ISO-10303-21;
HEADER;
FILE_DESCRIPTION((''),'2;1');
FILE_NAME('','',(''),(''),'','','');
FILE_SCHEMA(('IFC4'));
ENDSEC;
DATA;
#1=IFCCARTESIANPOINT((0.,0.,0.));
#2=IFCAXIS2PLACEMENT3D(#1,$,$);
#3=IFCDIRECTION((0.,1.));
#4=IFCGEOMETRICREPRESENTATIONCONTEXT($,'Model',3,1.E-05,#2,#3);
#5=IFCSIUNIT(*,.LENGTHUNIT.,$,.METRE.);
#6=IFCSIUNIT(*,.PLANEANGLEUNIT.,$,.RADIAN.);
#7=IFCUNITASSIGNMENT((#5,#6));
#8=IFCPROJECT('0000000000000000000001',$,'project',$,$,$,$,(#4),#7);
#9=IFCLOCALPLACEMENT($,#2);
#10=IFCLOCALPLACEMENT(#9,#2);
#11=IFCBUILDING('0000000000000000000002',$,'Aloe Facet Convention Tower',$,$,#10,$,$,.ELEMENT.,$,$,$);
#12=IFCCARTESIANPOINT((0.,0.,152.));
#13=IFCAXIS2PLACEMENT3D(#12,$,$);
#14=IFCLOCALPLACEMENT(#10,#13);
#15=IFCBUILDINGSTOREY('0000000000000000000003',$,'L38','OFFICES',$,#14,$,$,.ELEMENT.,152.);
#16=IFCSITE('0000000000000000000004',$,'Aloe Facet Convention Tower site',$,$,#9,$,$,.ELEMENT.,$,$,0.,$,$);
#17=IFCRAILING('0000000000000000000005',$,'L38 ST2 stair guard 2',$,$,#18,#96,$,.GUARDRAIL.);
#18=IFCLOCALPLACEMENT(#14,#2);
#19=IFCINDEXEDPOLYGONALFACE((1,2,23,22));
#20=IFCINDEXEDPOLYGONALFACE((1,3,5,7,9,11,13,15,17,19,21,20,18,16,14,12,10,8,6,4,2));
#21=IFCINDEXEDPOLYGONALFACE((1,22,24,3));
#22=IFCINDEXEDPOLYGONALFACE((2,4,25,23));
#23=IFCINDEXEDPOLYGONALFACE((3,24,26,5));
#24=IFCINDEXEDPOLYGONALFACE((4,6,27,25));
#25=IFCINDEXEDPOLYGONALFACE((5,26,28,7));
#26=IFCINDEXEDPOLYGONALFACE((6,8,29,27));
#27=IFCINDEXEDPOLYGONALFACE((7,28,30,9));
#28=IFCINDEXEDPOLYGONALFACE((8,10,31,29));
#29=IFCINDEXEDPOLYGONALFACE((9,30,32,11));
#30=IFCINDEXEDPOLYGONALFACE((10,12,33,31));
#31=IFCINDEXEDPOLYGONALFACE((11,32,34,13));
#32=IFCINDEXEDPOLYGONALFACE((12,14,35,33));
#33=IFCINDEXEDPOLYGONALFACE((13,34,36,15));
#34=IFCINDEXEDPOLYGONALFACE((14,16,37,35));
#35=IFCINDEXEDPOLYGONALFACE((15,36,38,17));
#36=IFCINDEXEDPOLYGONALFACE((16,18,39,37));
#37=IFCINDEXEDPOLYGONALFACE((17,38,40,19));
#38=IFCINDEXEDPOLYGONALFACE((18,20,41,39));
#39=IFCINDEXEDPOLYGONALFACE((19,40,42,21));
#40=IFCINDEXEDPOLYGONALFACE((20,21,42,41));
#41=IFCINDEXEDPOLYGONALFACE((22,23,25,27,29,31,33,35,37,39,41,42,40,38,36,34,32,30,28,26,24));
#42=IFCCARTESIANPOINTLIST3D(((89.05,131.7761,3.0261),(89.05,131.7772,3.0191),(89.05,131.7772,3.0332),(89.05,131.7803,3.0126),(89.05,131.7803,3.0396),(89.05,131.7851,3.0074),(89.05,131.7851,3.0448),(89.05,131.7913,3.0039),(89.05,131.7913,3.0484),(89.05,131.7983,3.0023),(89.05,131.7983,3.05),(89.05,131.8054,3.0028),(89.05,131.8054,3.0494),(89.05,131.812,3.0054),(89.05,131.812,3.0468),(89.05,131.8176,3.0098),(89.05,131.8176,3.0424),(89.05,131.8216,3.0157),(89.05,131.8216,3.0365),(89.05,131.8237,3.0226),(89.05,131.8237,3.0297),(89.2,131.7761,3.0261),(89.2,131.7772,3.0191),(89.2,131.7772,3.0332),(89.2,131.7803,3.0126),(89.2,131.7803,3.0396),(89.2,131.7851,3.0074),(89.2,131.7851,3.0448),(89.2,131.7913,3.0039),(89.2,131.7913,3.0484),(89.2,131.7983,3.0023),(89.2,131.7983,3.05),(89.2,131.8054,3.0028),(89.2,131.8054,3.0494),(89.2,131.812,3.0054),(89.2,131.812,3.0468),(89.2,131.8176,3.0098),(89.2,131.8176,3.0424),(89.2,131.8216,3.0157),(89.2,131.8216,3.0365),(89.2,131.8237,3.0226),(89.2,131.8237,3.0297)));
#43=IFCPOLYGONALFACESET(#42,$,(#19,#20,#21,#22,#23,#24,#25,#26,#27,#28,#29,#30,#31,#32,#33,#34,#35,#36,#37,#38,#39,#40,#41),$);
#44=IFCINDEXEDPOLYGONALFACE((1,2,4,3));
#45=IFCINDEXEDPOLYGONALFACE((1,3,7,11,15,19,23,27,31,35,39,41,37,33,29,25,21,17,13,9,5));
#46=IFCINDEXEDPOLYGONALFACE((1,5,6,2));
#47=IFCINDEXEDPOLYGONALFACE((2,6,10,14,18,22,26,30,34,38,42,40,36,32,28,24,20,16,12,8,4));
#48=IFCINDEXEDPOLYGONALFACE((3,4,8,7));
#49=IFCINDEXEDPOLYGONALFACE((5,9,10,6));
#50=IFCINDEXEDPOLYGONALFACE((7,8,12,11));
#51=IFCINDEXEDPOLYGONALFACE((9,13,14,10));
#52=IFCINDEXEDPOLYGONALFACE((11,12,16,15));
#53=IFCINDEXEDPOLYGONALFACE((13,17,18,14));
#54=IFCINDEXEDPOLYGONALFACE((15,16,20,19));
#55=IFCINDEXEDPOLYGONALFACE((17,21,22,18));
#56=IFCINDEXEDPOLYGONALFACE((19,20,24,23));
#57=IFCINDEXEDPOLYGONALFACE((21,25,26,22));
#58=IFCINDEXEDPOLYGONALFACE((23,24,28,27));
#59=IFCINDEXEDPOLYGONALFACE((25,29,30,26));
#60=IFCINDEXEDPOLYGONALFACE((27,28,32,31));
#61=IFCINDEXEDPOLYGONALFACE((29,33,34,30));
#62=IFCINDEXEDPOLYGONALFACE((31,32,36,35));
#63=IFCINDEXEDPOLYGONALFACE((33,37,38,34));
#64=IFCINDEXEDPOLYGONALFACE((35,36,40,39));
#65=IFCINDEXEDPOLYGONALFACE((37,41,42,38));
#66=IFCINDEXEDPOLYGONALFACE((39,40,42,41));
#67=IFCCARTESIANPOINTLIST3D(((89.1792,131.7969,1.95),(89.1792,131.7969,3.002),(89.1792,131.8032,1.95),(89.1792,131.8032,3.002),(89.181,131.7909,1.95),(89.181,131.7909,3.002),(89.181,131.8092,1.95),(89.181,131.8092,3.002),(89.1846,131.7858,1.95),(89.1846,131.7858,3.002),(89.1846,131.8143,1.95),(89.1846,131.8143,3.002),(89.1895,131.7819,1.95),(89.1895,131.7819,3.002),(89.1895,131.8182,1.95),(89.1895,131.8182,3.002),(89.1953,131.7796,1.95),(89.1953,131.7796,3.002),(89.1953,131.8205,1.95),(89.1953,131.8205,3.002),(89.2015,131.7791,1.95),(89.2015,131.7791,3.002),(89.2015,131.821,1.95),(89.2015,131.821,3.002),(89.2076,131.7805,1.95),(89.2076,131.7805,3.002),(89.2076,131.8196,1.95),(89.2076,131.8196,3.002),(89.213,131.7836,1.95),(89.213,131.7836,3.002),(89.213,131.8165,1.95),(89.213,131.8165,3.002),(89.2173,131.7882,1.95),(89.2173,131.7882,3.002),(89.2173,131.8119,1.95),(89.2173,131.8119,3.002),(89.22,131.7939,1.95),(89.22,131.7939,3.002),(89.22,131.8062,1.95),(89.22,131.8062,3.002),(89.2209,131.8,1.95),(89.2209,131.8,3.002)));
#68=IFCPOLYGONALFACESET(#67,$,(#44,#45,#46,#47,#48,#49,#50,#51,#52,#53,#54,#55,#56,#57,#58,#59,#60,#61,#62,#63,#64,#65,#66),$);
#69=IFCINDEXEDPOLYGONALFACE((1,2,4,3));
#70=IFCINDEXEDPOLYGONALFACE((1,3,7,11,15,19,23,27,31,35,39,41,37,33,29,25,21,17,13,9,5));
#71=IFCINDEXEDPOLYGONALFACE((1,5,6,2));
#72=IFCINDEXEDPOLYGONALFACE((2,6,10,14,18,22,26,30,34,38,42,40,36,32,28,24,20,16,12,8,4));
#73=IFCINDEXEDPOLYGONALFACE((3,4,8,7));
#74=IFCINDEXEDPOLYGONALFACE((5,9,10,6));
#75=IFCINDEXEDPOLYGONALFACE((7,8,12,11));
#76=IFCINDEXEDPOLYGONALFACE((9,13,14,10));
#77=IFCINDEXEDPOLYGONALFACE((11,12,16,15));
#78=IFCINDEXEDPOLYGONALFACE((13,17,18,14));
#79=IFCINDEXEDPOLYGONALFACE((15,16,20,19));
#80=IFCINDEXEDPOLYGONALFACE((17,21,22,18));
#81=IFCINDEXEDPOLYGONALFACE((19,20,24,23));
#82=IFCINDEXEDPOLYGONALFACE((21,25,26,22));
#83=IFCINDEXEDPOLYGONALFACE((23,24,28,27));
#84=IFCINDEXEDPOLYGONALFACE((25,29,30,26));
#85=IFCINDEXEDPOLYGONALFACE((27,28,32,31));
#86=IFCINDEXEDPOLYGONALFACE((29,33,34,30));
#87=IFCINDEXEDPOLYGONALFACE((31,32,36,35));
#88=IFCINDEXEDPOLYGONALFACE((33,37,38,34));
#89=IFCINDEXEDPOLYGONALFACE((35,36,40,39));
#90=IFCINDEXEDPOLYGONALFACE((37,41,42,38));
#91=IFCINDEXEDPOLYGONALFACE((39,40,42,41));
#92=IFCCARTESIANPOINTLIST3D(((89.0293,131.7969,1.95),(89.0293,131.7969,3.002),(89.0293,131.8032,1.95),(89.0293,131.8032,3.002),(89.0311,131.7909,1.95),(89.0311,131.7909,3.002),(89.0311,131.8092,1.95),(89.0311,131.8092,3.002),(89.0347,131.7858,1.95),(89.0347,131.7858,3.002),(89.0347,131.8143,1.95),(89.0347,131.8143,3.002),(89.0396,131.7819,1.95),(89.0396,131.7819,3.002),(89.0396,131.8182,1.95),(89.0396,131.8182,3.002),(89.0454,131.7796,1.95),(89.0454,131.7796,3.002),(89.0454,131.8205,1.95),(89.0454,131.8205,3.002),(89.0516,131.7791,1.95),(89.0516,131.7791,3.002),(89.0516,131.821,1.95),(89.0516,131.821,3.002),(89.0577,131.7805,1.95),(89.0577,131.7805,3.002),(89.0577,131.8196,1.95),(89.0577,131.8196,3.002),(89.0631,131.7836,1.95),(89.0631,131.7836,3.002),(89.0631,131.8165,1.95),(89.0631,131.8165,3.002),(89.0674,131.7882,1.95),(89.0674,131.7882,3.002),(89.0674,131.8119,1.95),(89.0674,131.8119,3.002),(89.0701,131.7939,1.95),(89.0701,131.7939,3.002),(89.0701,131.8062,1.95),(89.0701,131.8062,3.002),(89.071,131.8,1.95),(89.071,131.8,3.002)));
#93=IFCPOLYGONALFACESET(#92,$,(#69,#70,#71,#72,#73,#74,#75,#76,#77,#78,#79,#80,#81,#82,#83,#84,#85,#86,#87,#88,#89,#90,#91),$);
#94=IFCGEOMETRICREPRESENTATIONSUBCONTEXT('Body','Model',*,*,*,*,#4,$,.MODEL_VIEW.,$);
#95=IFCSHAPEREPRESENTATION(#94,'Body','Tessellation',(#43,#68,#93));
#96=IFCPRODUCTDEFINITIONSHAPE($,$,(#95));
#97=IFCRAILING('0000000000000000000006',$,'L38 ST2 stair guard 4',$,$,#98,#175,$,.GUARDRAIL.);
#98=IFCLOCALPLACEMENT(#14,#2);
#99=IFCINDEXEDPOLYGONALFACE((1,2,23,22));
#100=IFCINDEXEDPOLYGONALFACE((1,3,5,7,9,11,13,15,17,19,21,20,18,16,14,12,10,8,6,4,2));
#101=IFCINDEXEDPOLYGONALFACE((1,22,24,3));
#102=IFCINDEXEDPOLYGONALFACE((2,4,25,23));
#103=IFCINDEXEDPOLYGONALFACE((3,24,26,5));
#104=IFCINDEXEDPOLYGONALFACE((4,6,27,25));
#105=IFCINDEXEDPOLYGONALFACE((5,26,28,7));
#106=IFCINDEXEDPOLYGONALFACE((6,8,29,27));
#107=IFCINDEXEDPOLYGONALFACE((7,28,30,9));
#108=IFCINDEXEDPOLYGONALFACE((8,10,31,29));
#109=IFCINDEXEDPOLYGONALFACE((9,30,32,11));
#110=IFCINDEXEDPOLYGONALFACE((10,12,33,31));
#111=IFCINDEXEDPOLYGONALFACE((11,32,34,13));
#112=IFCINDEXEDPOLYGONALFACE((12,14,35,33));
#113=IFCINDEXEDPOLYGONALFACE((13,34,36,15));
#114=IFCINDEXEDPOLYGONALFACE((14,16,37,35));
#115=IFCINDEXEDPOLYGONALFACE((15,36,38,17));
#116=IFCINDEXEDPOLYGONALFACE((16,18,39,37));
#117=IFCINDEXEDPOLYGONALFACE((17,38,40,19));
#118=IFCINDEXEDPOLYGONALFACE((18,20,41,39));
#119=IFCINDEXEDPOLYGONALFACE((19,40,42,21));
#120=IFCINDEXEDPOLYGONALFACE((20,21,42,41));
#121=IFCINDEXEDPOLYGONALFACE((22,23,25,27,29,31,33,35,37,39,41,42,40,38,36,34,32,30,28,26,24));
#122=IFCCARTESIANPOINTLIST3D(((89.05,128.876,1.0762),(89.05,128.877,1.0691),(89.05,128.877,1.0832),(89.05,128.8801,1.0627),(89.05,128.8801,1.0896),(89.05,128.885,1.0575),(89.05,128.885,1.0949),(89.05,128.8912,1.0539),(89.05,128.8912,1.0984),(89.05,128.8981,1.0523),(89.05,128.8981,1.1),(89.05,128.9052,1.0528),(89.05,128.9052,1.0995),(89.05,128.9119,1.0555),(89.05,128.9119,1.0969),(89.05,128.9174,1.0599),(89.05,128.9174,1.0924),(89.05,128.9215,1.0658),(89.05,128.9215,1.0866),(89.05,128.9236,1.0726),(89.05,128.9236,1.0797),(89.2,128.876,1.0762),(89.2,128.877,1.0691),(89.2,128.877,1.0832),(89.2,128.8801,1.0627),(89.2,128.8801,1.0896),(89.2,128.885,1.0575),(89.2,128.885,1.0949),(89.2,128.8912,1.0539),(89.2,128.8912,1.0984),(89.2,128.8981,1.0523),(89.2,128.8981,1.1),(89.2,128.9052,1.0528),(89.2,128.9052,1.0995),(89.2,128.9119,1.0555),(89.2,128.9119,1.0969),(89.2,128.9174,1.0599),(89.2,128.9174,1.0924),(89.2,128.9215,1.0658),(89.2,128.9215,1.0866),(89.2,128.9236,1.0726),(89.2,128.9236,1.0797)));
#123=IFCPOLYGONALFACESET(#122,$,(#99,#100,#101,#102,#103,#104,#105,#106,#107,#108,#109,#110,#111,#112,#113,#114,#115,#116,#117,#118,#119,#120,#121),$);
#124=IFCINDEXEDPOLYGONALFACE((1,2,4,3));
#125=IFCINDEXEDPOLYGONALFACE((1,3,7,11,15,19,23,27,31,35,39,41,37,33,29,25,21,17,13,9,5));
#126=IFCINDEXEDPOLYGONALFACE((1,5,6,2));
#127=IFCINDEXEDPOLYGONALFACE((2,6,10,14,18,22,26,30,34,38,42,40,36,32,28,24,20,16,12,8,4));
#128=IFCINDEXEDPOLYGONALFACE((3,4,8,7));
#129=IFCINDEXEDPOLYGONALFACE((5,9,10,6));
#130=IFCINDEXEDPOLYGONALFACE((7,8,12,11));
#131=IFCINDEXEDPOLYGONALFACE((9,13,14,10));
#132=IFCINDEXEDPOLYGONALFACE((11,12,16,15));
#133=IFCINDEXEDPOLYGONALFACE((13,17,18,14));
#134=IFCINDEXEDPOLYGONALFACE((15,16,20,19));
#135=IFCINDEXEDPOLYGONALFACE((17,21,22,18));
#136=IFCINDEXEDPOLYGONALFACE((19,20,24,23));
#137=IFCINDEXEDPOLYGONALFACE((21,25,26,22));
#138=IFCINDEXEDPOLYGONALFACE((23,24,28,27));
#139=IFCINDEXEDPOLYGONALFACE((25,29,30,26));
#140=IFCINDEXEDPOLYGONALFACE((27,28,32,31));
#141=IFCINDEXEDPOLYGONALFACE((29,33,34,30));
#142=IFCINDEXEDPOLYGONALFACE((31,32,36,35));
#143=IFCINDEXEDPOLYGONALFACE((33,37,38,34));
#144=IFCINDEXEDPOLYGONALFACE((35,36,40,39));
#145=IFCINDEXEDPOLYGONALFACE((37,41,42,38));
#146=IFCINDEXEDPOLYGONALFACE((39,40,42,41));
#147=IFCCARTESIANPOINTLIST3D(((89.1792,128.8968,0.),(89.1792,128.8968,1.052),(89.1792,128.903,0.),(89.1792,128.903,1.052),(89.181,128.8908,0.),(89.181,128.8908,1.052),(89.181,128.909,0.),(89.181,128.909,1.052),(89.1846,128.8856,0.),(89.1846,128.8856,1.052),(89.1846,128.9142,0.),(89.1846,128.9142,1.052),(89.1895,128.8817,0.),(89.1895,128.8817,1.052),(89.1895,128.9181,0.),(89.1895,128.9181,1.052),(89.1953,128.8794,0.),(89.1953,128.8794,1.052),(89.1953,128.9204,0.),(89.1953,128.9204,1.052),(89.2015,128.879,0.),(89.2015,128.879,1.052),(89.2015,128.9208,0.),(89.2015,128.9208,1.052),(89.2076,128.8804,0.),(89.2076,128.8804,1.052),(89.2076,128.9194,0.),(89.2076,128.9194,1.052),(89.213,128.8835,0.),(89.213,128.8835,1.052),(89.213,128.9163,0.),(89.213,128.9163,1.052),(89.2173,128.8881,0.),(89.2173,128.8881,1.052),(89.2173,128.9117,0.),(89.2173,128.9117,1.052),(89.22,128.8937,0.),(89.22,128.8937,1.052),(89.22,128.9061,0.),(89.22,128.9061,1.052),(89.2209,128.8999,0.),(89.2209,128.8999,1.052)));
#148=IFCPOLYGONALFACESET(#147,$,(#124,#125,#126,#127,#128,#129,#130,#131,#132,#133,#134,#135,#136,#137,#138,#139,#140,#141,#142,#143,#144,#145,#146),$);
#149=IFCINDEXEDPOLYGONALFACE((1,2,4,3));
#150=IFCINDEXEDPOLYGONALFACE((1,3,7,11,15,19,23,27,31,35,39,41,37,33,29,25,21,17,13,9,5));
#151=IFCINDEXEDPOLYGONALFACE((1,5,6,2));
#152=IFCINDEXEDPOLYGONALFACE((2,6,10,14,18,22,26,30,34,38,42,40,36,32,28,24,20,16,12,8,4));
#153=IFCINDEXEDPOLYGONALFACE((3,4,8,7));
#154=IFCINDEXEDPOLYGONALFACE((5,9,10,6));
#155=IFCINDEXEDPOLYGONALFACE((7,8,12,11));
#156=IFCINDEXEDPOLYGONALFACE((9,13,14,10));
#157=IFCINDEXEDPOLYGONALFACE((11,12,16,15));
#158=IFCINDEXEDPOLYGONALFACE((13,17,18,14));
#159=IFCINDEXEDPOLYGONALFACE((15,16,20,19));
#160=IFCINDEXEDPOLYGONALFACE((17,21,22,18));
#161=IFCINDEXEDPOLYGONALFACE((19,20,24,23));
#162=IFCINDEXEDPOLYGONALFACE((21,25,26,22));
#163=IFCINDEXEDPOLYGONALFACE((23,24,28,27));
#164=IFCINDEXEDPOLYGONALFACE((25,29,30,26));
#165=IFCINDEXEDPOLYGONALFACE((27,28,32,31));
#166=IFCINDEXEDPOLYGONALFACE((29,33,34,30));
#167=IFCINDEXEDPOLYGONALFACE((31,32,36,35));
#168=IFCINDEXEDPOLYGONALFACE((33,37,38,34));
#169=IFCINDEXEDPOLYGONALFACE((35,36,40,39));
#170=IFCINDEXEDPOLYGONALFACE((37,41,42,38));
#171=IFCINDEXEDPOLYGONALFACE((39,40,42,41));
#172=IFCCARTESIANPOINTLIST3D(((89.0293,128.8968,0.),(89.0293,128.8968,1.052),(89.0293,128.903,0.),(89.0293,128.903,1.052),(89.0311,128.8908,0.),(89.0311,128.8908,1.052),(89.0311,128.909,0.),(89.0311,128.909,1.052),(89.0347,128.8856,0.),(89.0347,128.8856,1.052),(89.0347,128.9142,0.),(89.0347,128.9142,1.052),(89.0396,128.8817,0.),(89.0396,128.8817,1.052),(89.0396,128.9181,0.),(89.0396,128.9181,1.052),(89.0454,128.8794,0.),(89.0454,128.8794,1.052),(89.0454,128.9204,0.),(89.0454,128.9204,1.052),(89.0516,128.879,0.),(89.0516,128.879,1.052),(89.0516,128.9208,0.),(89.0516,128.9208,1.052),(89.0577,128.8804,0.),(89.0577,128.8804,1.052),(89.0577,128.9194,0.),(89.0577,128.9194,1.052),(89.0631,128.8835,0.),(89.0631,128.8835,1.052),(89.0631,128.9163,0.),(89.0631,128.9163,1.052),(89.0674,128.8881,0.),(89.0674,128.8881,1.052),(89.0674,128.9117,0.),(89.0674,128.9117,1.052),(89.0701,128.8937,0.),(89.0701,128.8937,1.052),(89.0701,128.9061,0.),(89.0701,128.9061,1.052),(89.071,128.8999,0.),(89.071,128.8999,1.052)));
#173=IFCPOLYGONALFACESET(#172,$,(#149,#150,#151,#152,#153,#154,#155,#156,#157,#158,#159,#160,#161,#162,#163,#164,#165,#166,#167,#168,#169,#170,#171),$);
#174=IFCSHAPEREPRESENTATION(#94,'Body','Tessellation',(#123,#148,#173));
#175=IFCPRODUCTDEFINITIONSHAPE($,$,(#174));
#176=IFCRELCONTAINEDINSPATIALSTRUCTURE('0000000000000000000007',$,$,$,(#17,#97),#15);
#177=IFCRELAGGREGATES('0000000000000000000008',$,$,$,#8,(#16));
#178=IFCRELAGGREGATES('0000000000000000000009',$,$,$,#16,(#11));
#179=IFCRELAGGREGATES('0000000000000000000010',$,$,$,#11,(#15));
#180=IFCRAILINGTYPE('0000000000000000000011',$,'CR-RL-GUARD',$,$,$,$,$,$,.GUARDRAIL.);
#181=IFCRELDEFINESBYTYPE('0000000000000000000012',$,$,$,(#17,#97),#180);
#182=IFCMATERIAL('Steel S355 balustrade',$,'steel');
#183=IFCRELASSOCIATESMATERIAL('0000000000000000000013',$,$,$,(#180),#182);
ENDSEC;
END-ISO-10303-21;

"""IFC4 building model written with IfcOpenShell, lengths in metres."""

from ifc_helpers import new_model, si_unit, direction, frame, origin, origin_2d, place, context, subcontext, project, spatial, circle, extrude, material, type_object, element, save


model = new_model("IFC4")

# Units and contexts
model_context = context("Model", 3, precision=1e-05, world=origin(), true_north=direction((0.0, 1.0)))
body_context = subcontext(model_context, "Body", "Model", "MODEL_VIEW")
ifc_project = project(units=[si_unit("LENGTHUNIT", "METRE"), si_unit("PLANEANGLEUNIT", "RADIAN")], contexts=[model_context])

# Site, building, storey
site_placement = place(None, origin())
site = spatial("IfcSite", under=ifc_project, at=site_placement, Name="Aloe Facet Convention Tower site", CompositionType="ELEMENT", RefElevation=0.0)
building_placement = place(site_placement, origin())
building = spatial("IfcBuilding", under=site, at=building_placement, Name="Aloe Facet Convention Tower", CompositionType="ELEMENT")
storey_placement = place(building_placement, frame((0.0, 0.0, 152.0)))
storey = spatial("IfcBuildingStorey", under=building, at=storey_placement, Name="L38", Description="OFFICES", CompositionType="ELEMENT", Elevation=152.0)

# Railings
ifc_material_1 = material(Name="Steel S355 balustrade", Category="steel")
railing_type_1 = type_object("IfcRailingType", Name="CR-RL-GUARD", PredefinedType="GUARDRAIL", material=ifc_material_1)
for number, where, name in (
    (1, (89.2, 131.8, 1.95), "L38 ST2 stair guard 2"),
    (2, (89.2, 128.8999, 0.0), "L38 ST2 stair guard 4"),
):
    element("IfcRailing", number, at=place(storey_placement, frame(where)), inside=storey, type_object=railing_type_1, Name=name, PredefinedType="GUARDRAIL", context=body_context, shape_type="SweptSolid", body=[
        extrude(circle(Radius=0.0239, at=origin_2d()), frame((0.0, 0.0, 1.0762), z_axis=(-1.0, 0.0, 0.0), x_axis=(0.0, -1.0, 0.0)), (0.0, 0.0, 1.0), 0.1499),
        extrude(circle(Radius=0.021, at=origin_2d()), origin(), (0.0, 0.0, 1.0), 1.052),
        extrude(circle(Radius=0.021, at=origin_2d()), frame((-0.1499, 0.0, 0.0)), (0.0, 0.0, 1.0), 1.052),
    ])

save(model, "model.ifc")
